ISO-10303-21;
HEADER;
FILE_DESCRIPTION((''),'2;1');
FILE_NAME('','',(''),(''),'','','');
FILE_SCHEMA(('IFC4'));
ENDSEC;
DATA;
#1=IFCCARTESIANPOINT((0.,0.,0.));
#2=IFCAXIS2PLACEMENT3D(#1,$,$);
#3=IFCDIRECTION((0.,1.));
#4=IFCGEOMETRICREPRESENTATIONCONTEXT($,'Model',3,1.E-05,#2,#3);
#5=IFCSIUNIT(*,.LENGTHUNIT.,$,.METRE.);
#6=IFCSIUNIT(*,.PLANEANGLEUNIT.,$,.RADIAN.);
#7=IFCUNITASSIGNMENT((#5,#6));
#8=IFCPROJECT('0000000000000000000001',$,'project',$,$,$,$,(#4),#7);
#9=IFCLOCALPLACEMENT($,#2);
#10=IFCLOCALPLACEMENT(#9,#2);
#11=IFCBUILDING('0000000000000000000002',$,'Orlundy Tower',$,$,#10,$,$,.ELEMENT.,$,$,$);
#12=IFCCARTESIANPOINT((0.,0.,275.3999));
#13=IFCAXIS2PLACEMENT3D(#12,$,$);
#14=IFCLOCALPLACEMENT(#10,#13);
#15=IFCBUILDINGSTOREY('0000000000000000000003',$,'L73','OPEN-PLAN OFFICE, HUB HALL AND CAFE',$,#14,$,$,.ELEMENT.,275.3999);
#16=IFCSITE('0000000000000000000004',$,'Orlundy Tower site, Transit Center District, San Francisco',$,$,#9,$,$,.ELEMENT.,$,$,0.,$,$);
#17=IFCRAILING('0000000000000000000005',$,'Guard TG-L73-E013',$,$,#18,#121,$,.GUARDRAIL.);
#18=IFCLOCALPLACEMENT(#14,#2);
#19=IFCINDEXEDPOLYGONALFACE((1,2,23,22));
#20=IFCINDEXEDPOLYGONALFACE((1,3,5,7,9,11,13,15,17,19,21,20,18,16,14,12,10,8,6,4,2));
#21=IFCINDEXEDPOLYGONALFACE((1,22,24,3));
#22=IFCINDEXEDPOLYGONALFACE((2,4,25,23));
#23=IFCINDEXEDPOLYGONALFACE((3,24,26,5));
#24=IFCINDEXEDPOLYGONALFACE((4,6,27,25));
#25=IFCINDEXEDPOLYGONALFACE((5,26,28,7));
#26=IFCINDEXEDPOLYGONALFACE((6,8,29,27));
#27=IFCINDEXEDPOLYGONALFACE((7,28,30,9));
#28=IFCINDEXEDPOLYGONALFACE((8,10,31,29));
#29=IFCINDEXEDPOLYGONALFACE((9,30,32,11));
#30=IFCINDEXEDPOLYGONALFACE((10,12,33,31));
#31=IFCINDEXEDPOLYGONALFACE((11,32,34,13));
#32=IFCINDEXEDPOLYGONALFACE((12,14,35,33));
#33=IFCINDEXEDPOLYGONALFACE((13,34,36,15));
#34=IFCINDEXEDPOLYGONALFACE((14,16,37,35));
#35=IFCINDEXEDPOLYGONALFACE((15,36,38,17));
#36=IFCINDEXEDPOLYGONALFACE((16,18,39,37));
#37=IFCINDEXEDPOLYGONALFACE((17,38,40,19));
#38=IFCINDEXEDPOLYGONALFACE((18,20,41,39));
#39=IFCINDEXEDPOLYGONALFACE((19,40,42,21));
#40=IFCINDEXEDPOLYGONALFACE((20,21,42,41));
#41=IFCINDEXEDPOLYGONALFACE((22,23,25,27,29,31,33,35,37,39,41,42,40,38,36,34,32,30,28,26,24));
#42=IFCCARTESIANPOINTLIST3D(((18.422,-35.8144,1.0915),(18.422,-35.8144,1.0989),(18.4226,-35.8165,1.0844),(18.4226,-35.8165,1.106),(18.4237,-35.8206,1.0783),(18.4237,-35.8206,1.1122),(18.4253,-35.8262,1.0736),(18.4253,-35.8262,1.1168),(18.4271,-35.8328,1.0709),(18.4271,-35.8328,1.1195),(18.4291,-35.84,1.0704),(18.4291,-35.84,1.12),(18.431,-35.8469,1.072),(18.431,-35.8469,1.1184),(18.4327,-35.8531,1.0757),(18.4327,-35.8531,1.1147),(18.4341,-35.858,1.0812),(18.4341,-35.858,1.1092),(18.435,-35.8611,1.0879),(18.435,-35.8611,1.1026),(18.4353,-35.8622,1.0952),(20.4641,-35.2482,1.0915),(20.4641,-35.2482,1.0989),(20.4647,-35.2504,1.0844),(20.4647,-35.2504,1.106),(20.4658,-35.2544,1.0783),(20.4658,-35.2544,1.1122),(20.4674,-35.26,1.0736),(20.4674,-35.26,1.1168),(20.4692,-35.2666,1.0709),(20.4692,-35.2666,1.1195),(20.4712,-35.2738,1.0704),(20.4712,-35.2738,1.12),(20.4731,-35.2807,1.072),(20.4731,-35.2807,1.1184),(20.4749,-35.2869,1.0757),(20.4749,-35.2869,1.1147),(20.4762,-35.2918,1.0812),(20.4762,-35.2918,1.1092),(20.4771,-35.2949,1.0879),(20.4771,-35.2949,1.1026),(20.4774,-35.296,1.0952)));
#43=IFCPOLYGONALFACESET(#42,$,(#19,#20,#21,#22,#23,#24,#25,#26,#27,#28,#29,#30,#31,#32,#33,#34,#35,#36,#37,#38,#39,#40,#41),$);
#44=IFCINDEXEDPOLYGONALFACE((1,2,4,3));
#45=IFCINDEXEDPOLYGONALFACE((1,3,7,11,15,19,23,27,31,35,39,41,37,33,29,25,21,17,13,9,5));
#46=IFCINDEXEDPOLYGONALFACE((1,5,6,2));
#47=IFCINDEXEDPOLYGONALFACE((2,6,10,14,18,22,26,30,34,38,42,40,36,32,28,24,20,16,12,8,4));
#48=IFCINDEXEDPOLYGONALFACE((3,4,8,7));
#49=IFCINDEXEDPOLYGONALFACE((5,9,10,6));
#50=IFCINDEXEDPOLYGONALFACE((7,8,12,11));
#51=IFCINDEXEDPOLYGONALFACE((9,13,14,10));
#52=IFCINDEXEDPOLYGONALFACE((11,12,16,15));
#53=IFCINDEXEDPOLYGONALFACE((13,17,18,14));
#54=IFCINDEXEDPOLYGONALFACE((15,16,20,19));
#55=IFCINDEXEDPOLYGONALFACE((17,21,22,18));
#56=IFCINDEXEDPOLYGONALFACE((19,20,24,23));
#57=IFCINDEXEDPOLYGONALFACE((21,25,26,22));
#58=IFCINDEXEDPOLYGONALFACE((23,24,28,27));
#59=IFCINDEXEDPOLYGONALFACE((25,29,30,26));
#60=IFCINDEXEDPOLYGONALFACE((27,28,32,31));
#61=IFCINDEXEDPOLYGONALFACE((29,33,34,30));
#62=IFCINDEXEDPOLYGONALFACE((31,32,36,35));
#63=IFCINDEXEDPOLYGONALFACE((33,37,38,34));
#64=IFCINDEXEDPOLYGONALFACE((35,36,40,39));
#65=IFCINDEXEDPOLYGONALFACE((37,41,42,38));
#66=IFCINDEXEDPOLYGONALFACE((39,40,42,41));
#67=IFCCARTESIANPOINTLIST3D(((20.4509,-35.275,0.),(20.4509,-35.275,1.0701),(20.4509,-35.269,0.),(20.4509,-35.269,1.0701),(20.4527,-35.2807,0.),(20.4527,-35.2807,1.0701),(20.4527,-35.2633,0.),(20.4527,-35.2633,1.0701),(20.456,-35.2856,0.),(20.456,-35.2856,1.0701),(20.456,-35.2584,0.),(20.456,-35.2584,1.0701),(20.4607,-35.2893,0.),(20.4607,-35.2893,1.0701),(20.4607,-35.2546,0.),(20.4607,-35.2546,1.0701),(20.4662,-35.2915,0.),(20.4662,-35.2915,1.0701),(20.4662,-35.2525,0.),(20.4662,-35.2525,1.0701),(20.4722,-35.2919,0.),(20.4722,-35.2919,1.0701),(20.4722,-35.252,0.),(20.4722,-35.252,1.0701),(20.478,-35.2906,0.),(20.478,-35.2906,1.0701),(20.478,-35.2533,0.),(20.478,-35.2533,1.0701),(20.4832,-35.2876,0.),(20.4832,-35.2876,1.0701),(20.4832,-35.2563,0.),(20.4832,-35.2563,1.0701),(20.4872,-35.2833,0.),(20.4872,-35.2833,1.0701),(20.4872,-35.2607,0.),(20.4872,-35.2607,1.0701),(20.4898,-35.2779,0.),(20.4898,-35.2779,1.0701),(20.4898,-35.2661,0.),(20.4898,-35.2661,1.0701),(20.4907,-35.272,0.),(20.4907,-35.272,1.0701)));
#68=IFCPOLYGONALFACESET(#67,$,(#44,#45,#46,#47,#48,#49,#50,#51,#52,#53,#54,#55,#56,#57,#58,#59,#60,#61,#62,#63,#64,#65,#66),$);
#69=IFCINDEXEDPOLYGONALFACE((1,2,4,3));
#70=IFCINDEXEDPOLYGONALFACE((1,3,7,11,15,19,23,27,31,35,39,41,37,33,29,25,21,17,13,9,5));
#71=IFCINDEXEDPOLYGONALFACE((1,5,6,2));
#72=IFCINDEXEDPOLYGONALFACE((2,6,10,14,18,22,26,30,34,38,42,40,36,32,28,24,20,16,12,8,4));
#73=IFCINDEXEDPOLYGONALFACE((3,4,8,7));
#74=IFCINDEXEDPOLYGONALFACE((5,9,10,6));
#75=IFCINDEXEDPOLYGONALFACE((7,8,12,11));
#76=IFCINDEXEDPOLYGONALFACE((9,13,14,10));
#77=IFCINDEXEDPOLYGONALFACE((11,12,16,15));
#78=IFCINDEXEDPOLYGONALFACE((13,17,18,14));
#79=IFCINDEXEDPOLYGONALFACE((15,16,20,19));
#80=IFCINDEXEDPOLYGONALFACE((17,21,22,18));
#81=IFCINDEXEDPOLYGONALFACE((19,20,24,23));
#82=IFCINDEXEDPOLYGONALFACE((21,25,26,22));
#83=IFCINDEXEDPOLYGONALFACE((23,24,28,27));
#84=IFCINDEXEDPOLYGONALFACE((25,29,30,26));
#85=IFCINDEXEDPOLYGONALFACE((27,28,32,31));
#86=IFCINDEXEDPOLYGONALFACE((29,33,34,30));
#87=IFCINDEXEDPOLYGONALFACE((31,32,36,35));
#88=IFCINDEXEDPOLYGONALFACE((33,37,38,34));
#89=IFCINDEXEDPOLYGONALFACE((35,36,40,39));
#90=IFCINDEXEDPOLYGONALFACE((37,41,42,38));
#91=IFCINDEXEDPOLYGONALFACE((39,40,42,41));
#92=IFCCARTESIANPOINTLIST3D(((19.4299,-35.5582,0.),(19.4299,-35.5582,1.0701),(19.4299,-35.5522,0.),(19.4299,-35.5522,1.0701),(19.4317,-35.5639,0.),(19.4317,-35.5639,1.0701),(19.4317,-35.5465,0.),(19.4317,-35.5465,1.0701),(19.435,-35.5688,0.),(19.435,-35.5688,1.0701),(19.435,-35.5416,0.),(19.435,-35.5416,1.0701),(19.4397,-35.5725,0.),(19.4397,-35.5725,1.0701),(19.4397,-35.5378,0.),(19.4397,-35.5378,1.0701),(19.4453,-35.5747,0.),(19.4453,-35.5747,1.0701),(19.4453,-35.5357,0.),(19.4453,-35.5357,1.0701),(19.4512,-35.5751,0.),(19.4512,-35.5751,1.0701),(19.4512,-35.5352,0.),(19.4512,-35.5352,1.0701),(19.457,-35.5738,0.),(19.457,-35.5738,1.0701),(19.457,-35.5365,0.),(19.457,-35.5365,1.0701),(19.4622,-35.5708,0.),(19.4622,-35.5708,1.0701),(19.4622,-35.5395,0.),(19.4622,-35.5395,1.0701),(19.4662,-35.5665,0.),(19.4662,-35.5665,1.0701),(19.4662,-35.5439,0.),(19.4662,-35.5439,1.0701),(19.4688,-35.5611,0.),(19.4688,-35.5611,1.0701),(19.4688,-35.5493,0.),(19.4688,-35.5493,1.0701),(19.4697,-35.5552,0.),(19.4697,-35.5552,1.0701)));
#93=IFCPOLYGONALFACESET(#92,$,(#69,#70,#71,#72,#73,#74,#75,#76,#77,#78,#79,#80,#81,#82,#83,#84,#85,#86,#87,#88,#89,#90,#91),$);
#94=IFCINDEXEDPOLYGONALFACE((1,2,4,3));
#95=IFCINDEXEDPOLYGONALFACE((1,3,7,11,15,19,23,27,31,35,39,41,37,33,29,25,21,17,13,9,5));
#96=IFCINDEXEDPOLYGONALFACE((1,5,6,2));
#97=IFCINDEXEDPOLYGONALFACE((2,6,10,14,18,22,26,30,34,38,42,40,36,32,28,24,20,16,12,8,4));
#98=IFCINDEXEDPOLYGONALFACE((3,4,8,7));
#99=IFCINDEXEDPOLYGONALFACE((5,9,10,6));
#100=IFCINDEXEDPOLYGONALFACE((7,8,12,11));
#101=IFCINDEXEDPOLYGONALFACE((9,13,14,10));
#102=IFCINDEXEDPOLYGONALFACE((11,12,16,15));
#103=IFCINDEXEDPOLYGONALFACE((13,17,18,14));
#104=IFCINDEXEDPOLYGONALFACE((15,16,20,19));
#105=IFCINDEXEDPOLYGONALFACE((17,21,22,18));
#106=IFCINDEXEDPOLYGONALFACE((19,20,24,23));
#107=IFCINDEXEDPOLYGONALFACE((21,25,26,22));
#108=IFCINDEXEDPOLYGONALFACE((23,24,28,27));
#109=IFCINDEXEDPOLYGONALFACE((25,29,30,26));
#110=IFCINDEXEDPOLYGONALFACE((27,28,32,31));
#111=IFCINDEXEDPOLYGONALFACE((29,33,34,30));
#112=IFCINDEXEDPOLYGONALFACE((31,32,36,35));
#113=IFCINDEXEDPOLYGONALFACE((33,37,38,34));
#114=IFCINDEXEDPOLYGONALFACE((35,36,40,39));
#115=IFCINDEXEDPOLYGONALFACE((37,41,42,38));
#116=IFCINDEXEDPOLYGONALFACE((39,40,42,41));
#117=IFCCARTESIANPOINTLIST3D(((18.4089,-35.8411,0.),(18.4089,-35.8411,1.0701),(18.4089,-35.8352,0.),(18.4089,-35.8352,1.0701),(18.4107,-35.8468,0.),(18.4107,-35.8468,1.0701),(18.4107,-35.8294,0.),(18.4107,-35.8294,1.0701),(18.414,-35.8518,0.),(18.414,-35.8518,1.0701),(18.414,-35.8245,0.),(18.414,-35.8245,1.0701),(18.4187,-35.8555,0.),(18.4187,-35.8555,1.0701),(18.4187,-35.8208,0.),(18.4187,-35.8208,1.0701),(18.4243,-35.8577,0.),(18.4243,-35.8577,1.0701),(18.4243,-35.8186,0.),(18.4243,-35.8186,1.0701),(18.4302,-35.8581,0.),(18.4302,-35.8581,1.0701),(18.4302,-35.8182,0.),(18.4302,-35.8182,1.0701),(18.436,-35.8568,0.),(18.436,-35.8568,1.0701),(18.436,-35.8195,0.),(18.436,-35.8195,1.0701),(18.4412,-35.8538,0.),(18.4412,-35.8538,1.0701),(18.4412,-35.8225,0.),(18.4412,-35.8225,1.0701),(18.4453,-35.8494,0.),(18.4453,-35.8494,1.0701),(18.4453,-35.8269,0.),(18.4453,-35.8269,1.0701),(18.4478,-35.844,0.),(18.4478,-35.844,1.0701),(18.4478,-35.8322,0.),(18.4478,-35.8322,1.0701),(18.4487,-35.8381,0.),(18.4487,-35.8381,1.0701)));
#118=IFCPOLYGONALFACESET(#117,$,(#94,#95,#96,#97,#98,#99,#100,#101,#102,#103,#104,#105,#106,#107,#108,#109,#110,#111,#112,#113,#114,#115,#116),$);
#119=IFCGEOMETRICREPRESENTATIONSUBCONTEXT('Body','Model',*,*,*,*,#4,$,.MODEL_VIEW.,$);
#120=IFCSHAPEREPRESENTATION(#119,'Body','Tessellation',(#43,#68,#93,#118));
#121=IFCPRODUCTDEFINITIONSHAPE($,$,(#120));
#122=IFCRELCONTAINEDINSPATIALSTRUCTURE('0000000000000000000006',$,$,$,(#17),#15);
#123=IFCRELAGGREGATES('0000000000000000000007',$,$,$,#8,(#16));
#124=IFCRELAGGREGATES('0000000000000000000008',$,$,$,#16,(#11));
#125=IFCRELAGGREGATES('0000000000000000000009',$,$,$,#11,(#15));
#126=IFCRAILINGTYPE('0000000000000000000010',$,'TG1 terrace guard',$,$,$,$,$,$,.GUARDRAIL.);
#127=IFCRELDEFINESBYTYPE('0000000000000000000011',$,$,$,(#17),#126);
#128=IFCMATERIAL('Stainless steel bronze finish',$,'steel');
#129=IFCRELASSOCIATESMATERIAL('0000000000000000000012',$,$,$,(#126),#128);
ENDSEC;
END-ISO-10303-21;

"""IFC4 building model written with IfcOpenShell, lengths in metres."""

from ifc_helpers import new_model, si_unit, direction, frame, origin, origin_2d, place, context, subcontext, project, spatial, circle, extrude, material, type_object, element, save


model = new_model("IFC4")

# Units and contexts
model_context = context("Model", 3, precision=1e-05, world=origin(), true_north=direction((0.0, 1.0)))
body_context = subcontext(model_context, "Body", "Model", "MODEL_VIEW")
ifc_project = project(units=[si_unit("LENGTHUNIT", "METRE"), si_unit("PLANEANGLEUNIT", "RADIAN")], contexts=[model_context])

# Site, building, storey
site_placement = place(None, origin())
site = spatial("IfcSite", under=ifc_project, at=site_placement, Name="Orlundy Tower site, Transit Center District, San Francisco", CompositionType="ELEMENT", RefElevation=0.0)
building_placement = place(site_placement, origin())
building = spatial("IfcBuilding", under=site, at=building_placement, Name="Orlundy Tower", CompositionType="ELEMENT")
storey_placement = place(building_placement, frame((0.0, 0.0, 275.3999)))
storey = spatial("IfcBuildingStorey", under=building, at=storey_placement, Name="L73", Description="OPEN-PLAN OFFICE, HUB HALL AND CAFE", CompositionType="ELEMENT", Elevation=275.3999)

# Railing
ifc_material_1 = material(Name="Stainless steel bronze finish", Category="steel")
railing_type = type_object("IfcRailingType", Name="TG1 terrace guard", PredefinedType="GUARDRAIL", material=ifc_material_1)
railing_1_placement = place(storey_placement, frame((20.4707, -35.272, 0.0)))
element("IfcRailing", 1, at=railing_1_placement, inside=storey, type_object=railing_type, Name="Guard TG-L73-E013", PredefinedType="GUARDRAIL", context=body_context, shape_type="SweptSolid", body=[
    extrude(circle(Radius=0.0249, at=origin_2d()), frame((0.0, 0.0, 1.0952), z_axis=(-0.963647, -0.26718, 0.0), x_axis=(0.26718, -0.963647, 0.0)), (0.0, 0.0, 1.0), 2.1191),
    extrude(circle(Radius=0.02, at=origin_2d()), origin(), (0.0, 0.0, 1.0), 1.0701),
    extrude(circle(Radius=0.02, at=origin_2d()), frame((-1.021, -0.2832, 0.0)), (0.0, 0.0, 1.0), 1.0701),
    extrude(circle(Radius=0.02, at=origin_2d()), frame((-2.042, -0.5662, 0.0)), (0.0, 0.0, 1.0), 1.0701),
])

save(model, "model.ifc")
